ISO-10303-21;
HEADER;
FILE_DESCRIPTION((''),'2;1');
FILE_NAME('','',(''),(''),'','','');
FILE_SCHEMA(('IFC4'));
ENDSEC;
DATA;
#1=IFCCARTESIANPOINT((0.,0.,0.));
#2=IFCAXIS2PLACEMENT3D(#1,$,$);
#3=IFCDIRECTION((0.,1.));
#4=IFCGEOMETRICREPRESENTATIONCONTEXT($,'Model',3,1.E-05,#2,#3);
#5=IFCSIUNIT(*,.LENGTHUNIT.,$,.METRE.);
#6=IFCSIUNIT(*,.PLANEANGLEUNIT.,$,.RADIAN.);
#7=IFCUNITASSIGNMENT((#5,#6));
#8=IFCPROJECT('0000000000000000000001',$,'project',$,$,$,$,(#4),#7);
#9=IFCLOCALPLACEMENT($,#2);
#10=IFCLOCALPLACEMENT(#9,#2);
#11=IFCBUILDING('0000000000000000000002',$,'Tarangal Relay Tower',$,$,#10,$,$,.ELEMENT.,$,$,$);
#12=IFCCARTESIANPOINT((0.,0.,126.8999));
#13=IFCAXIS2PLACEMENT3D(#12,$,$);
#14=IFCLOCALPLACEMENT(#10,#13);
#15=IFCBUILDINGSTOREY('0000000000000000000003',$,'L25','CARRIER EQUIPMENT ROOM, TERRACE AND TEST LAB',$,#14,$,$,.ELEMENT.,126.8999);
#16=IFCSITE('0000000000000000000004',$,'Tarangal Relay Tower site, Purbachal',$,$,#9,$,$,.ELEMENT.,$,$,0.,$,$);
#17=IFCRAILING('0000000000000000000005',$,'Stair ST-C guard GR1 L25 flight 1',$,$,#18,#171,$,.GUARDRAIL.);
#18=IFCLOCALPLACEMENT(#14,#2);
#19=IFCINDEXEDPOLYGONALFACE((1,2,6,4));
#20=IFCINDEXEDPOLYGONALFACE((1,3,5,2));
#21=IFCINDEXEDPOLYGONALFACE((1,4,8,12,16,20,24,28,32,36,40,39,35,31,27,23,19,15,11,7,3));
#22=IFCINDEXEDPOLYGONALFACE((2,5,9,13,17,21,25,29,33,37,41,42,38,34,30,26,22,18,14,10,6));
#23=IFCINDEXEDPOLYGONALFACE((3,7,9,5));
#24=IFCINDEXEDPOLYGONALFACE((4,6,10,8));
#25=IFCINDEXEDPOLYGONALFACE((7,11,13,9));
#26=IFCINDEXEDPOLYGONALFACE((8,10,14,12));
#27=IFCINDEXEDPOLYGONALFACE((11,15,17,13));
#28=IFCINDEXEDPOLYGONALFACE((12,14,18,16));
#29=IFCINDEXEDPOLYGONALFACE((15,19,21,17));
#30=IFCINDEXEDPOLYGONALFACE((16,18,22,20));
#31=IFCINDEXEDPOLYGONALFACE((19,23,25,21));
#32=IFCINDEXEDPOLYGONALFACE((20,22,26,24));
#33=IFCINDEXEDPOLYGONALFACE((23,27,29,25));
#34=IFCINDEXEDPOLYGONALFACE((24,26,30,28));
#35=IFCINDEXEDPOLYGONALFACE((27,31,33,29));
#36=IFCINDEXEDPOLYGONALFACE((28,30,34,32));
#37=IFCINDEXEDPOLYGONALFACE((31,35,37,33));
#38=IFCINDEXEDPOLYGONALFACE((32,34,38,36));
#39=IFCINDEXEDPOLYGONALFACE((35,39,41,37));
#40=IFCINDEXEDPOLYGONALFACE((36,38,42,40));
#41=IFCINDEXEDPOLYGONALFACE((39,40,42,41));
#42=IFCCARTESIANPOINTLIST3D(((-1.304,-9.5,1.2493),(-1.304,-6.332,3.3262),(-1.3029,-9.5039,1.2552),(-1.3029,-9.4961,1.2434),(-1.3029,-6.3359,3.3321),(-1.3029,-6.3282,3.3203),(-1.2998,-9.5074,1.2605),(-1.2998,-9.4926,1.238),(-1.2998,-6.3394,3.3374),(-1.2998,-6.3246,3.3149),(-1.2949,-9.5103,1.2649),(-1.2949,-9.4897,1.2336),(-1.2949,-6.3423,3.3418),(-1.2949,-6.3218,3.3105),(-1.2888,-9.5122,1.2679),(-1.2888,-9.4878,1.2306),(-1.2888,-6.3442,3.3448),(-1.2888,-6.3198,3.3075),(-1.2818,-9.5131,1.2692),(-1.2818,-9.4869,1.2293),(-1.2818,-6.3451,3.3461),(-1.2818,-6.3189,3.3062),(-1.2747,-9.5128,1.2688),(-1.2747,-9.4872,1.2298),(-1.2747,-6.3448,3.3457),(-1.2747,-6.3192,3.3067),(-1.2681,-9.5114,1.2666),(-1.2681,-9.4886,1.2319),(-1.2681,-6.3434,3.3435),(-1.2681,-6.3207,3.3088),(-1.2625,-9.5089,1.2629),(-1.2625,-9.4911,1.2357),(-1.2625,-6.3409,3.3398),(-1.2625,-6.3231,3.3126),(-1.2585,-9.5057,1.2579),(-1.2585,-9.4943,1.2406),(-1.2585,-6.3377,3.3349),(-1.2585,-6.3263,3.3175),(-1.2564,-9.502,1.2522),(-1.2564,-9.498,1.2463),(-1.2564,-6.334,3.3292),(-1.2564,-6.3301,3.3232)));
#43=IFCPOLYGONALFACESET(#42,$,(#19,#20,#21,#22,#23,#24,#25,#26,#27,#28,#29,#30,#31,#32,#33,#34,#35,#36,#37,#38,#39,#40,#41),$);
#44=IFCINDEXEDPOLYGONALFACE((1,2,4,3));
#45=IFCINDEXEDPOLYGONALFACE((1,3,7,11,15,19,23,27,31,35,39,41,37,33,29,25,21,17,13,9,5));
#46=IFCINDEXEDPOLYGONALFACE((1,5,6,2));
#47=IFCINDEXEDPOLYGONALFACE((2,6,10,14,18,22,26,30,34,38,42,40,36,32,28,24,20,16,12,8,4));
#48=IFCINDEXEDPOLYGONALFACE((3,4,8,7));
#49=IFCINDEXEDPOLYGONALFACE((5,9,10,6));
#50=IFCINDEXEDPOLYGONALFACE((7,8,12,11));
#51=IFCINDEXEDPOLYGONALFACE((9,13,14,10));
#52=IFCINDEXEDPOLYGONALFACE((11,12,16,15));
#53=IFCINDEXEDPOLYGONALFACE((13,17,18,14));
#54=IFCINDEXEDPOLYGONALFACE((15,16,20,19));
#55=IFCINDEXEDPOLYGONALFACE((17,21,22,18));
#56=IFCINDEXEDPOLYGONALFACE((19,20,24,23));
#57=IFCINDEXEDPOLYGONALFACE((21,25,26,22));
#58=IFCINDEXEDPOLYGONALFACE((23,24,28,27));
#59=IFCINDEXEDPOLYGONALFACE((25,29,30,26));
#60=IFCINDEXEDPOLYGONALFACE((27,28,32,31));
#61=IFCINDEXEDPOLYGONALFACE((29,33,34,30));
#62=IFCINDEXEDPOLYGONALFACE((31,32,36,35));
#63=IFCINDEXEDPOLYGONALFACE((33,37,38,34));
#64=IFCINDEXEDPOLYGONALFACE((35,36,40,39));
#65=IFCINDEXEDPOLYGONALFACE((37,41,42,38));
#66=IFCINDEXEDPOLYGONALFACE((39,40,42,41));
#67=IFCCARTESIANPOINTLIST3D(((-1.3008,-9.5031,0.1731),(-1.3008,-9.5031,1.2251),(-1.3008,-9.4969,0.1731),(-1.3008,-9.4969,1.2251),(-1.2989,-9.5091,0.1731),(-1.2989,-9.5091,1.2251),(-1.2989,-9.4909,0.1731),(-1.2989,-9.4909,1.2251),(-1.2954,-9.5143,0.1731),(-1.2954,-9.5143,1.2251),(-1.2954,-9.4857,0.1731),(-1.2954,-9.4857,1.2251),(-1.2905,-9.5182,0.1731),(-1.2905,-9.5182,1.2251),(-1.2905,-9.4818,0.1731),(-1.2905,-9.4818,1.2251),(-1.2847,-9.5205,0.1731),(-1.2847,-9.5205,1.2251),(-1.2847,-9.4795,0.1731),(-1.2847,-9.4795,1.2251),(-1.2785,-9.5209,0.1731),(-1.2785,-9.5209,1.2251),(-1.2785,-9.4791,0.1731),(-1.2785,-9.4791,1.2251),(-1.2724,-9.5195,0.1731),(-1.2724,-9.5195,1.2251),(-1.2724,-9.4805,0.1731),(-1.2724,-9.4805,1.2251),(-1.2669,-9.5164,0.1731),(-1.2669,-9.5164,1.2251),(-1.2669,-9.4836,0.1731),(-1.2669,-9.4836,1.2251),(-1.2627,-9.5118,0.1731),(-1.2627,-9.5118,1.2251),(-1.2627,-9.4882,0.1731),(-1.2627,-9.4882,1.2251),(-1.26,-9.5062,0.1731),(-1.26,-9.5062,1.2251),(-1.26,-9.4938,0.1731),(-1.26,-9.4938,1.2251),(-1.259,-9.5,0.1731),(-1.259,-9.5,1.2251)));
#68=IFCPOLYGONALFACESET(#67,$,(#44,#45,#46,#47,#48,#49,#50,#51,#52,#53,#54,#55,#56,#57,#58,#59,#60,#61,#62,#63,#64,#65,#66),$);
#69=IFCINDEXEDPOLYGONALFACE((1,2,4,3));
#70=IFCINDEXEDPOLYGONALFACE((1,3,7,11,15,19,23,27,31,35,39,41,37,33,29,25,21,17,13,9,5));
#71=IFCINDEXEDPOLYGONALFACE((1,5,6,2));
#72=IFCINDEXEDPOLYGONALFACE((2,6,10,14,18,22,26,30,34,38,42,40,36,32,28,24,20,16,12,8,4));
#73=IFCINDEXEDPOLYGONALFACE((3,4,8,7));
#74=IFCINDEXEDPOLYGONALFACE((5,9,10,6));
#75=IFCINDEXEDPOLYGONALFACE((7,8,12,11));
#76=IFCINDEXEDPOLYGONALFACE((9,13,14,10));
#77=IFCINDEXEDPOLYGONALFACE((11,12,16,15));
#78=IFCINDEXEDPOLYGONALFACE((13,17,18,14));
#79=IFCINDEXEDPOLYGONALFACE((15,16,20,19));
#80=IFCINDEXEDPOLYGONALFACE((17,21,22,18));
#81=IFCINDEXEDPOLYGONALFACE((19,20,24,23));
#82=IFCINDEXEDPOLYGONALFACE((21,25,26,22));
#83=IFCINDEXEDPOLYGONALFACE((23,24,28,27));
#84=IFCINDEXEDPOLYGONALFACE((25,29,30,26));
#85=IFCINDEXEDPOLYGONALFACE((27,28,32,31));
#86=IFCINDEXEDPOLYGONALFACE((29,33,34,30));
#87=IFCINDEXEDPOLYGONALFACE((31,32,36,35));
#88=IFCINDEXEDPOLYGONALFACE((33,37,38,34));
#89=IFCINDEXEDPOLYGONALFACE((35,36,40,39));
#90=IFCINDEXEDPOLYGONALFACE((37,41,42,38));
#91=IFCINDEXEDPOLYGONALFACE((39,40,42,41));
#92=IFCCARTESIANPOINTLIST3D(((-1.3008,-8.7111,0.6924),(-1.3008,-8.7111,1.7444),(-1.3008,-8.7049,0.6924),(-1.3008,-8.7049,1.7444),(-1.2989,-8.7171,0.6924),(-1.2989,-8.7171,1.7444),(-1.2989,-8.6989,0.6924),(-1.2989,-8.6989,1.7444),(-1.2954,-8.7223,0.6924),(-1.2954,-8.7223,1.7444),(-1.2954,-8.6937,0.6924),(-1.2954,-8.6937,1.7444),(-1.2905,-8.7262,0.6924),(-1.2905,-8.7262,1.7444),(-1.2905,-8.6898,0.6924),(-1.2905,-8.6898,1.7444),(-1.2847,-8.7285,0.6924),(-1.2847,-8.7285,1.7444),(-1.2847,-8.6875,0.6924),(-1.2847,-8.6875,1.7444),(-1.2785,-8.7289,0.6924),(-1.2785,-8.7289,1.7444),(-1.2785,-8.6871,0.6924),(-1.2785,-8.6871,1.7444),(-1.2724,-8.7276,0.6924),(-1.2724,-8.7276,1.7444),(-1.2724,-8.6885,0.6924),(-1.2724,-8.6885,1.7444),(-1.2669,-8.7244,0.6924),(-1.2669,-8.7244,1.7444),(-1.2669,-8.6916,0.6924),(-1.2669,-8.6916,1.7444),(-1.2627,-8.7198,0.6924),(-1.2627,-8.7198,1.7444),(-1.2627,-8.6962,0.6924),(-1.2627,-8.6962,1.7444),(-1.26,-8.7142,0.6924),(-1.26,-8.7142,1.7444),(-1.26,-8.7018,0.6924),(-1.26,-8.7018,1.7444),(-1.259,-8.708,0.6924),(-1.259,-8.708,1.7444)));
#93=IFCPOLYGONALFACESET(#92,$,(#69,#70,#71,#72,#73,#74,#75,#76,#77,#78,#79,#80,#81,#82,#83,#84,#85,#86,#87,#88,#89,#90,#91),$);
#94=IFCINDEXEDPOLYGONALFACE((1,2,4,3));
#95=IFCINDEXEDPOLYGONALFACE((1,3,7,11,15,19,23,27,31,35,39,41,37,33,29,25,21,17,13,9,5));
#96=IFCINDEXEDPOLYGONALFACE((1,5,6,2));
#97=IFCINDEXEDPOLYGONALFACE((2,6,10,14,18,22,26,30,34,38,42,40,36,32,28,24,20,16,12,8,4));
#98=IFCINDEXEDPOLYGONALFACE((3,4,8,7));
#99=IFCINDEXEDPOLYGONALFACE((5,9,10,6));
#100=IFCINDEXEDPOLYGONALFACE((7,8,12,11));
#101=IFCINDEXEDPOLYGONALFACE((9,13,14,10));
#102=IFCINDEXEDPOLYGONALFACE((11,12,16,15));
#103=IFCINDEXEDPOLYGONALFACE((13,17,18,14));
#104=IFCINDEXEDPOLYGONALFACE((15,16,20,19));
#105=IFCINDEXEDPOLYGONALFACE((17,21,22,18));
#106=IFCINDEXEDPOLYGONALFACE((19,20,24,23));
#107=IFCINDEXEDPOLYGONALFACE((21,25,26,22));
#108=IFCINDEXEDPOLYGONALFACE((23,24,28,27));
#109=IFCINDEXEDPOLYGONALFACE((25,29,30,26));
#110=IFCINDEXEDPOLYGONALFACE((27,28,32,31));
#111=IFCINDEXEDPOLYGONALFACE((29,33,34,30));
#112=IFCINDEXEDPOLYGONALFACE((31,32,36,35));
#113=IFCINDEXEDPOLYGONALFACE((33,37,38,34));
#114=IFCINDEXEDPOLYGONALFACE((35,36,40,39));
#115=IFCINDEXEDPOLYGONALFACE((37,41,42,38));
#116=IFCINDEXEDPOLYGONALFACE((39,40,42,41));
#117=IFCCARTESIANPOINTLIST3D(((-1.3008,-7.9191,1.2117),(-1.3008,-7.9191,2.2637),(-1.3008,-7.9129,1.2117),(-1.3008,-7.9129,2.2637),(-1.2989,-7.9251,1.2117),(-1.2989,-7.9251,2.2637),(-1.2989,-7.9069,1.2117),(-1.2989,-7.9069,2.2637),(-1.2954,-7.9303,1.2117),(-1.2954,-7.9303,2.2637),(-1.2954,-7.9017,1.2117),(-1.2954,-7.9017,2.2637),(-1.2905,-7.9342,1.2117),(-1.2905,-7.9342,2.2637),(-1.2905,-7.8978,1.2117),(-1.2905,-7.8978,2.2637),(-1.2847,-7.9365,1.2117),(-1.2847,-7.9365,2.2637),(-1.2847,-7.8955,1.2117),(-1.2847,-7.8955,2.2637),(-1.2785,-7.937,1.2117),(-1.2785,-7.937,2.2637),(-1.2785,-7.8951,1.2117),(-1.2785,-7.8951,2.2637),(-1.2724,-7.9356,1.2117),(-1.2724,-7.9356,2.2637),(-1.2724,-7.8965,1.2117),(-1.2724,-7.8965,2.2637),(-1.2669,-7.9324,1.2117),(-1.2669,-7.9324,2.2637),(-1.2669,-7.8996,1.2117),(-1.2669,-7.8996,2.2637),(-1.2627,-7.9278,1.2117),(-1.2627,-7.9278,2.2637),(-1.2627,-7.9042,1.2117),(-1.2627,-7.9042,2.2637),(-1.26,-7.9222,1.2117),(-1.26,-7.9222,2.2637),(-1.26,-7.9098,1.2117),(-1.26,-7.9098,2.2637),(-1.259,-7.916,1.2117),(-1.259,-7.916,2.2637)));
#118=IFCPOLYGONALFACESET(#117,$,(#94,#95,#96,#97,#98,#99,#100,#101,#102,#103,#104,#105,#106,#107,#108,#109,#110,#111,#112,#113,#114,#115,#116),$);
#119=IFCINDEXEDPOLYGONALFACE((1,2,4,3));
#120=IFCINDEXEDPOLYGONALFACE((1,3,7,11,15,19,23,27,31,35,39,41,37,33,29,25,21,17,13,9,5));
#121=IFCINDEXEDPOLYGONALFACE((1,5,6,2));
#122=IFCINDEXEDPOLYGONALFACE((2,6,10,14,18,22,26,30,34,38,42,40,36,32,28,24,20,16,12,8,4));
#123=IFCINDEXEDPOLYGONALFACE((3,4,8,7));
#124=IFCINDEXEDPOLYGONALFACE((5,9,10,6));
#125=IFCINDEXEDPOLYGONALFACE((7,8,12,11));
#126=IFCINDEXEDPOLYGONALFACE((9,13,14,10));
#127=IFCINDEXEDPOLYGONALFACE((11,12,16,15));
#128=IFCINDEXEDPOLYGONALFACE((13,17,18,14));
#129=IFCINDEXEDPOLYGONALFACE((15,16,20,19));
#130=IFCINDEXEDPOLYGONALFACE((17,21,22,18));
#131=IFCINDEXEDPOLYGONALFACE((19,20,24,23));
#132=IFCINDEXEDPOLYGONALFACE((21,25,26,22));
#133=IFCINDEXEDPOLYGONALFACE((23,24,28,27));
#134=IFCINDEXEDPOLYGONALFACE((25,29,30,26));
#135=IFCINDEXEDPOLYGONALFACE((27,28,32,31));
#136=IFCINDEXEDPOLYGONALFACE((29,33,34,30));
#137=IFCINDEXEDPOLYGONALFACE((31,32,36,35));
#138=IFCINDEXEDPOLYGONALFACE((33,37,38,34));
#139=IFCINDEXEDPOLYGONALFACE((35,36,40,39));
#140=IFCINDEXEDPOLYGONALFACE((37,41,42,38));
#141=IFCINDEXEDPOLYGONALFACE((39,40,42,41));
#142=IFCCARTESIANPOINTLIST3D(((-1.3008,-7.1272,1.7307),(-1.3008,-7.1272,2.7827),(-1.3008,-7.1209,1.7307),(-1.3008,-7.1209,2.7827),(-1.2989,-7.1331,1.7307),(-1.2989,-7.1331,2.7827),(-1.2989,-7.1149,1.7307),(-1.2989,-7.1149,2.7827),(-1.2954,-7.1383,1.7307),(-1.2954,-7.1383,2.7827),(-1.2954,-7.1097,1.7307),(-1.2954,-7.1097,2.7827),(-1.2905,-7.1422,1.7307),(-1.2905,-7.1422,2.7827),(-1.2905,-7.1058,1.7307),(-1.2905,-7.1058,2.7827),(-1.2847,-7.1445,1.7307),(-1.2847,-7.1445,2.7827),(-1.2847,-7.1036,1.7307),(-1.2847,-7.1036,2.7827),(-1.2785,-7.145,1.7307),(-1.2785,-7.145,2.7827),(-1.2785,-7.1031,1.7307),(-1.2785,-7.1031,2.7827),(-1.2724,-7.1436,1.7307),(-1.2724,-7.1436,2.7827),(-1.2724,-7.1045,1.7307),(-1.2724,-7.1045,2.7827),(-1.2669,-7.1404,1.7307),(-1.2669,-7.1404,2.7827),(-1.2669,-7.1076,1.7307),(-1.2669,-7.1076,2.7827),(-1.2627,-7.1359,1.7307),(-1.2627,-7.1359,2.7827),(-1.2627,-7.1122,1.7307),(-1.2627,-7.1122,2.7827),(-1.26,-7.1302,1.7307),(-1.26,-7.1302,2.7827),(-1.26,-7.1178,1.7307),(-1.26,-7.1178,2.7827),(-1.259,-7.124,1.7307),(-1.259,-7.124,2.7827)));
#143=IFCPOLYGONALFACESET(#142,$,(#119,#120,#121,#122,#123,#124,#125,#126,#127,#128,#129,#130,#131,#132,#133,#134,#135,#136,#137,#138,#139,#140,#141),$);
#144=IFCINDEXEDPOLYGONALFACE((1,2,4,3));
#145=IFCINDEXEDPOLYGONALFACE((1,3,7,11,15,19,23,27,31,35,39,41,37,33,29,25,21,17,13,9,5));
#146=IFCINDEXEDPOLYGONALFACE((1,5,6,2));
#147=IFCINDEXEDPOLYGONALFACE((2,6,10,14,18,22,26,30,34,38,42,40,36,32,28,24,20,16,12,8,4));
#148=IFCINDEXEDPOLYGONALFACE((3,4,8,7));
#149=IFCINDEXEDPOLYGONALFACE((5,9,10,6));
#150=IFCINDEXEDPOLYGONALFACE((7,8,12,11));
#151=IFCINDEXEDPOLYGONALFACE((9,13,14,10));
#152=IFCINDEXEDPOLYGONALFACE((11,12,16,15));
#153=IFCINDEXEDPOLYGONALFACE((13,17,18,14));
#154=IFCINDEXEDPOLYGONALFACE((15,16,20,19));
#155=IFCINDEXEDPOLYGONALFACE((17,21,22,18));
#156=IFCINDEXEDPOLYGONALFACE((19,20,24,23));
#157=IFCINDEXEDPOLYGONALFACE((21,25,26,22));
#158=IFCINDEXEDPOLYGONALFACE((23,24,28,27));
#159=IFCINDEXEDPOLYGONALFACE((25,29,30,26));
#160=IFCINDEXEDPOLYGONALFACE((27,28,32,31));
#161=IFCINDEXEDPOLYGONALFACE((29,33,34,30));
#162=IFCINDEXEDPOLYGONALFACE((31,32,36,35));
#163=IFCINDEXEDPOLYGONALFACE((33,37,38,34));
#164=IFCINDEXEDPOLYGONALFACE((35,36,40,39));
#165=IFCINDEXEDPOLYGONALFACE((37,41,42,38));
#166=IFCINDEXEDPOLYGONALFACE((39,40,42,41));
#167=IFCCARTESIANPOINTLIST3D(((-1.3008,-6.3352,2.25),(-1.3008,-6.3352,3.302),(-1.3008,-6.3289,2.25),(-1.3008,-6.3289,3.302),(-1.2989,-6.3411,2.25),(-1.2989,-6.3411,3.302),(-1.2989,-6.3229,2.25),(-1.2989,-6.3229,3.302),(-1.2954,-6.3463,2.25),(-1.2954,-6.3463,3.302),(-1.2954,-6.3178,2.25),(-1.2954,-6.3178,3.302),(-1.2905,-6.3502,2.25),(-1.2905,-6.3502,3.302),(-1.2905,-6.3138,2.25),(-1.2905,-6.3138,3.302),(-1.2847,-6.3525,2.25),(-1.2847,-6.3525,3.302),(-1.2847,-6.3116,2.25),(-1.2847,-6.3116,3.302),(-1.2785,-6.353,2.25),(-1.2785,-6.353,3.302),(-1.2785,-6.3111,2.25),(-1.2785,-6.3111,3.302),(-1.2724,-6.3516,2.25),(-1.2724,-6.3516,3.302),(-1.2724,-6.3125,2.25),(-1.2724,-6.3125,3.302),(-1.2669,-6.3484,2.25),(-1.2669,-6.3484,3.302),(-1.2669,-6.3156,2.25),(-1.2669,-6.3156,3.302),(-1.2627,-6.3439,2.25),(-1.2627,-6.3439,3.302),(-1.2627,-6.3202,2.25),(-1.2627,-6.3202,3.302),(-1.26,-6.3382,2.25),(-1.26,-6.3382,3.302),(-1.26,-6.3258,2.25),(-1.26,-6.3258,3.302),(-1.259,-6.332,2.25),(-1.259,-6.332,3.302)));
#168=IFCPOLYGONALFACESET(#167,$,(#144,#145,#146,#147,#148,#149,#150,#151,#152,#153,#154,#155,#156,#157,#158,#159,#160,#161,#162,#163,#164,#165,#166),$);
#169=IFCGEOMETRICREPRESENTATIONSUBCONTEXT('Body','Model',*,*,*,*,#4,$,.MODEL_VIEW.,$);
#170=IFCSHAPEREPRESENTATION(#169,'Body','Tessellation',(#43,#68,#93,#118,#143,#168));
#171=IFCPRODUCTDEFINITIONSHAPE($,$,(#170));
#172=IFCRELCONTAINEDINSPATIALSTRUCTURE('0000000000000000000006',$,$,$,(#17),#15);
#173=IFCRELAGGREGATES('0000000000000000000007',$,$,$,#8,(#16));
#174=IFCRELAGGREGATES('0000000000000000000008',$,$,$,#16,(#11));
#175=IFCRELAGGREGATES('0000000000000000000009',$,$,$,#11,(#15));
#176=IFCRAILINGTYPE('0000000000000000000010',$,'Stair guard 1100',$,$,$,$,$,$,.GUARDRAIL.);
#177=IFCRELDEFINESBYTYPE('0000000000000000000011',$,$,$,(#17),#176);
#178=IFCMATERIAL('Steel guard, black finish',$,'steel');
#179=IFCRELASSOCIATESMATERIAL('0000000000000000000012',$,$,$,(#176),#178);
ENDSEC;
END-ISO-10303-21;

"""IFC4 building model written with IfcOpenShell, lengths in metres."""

from ifc_helpers import new_model, si_unit, direction, frame, origin, origin_2d, place, context, subcontext, project, spatial, circle, extrude, material, type_object, element, save


model = new_model("IFC4")

# Units and contexts
model_context = context("Model", 3, precision=1e-05, world=origin(), true_north=direction((0.0, 1.0)))
body_context = subcontext(model_context, "Body", "Model", "MODEL_VIEW")
ifc_project = project(units=[si_unit("LENGTHUNIT", "METRE"), si_unit("PLANEANGLEUNIT", "RADIAN")], contexts=[model_context])

# Site, building, storey
site_placement = place(None, origin())
site = spatial("IfcSite", under=ifc_project, at=site_placement, Name="Tarangal Relay Tower site, Purbachal", CompositionType="ELEMENT", RefElevation=0.0)
building_placement = place(site_placement, origin())
building = spatial("IfcBuilding", under=site, at=building_placement, Name="Tarangal Relay Tower", CompositionType="ELEMENT")
storey_placement = place(building_placement, frame((0.0, 0.0, 126.8999)))
storey = spatial("IfcBuildingStorey", under=building, at=storey_placement, Name="L25", Description="CARRIER EQUIPMENT ROOM, TERRACE AND TEST LAB", CompositionType="ELEMENT", Elevation=126.8999)

# Railing
ifc_material_1 = material(Name="Steel guard, black finish", Category="steel")
railing_type_1 = type_object("IfcRailingType", Name="Stair guard 1100", PredefinedType="GUARDRAIL", material=ifc_material_1)
railing_1_placement = place(storey_placement, frame((-1.28, -9.5, 0.1731)))
element("IfcRailing", 1, at=railing_1_placement, inside=storey, type_object=railing_type_1, Name="Stair ST-C guard GR1 L25 flight 1", PredefinedType="GUARDRAIL", context=body_context, shape_type="SweptSolid", body=[
    extrude(circle(Radius=0.0239, at=origin_2d()), frame((0.0, 0.0, 1.0762), z_axis=(0.0, 0.836299, 0.548273), x_axis=(-1.0, 0.0, 0.0)), (0.0, 0.0, 1.0), 3.7881),
    extrude(circle(Radius=0.021, at=origin_2d()), origin(), (0.0, 0.0, 1.0), 1.052),
    extrude(circle(Radius=0.021, at=origin_2d()), frame((0.0, 0.792, 0.5193)), (0.0, 0.0, 1.0), 1.052),
    extrude(circle(Radius=0.021, at=origin_2d()), frame((0.0, 1.584, 1.0386)), (0.0, 0.0, 1.0), 1.052),
    extrude(circle(Radius=0.021, at=origin_2d()), frame((0.0, 2.376, 1.5576)), (0.0, 0.0, 1.0), 1.052),
    extrude(circle(Radius=0.021, at=origin_2d()), frame((0.0, 3.168, 2.0769)), (0.0, 0.0, 1.0), 1.052),
])

save(model, "model.ifc")
